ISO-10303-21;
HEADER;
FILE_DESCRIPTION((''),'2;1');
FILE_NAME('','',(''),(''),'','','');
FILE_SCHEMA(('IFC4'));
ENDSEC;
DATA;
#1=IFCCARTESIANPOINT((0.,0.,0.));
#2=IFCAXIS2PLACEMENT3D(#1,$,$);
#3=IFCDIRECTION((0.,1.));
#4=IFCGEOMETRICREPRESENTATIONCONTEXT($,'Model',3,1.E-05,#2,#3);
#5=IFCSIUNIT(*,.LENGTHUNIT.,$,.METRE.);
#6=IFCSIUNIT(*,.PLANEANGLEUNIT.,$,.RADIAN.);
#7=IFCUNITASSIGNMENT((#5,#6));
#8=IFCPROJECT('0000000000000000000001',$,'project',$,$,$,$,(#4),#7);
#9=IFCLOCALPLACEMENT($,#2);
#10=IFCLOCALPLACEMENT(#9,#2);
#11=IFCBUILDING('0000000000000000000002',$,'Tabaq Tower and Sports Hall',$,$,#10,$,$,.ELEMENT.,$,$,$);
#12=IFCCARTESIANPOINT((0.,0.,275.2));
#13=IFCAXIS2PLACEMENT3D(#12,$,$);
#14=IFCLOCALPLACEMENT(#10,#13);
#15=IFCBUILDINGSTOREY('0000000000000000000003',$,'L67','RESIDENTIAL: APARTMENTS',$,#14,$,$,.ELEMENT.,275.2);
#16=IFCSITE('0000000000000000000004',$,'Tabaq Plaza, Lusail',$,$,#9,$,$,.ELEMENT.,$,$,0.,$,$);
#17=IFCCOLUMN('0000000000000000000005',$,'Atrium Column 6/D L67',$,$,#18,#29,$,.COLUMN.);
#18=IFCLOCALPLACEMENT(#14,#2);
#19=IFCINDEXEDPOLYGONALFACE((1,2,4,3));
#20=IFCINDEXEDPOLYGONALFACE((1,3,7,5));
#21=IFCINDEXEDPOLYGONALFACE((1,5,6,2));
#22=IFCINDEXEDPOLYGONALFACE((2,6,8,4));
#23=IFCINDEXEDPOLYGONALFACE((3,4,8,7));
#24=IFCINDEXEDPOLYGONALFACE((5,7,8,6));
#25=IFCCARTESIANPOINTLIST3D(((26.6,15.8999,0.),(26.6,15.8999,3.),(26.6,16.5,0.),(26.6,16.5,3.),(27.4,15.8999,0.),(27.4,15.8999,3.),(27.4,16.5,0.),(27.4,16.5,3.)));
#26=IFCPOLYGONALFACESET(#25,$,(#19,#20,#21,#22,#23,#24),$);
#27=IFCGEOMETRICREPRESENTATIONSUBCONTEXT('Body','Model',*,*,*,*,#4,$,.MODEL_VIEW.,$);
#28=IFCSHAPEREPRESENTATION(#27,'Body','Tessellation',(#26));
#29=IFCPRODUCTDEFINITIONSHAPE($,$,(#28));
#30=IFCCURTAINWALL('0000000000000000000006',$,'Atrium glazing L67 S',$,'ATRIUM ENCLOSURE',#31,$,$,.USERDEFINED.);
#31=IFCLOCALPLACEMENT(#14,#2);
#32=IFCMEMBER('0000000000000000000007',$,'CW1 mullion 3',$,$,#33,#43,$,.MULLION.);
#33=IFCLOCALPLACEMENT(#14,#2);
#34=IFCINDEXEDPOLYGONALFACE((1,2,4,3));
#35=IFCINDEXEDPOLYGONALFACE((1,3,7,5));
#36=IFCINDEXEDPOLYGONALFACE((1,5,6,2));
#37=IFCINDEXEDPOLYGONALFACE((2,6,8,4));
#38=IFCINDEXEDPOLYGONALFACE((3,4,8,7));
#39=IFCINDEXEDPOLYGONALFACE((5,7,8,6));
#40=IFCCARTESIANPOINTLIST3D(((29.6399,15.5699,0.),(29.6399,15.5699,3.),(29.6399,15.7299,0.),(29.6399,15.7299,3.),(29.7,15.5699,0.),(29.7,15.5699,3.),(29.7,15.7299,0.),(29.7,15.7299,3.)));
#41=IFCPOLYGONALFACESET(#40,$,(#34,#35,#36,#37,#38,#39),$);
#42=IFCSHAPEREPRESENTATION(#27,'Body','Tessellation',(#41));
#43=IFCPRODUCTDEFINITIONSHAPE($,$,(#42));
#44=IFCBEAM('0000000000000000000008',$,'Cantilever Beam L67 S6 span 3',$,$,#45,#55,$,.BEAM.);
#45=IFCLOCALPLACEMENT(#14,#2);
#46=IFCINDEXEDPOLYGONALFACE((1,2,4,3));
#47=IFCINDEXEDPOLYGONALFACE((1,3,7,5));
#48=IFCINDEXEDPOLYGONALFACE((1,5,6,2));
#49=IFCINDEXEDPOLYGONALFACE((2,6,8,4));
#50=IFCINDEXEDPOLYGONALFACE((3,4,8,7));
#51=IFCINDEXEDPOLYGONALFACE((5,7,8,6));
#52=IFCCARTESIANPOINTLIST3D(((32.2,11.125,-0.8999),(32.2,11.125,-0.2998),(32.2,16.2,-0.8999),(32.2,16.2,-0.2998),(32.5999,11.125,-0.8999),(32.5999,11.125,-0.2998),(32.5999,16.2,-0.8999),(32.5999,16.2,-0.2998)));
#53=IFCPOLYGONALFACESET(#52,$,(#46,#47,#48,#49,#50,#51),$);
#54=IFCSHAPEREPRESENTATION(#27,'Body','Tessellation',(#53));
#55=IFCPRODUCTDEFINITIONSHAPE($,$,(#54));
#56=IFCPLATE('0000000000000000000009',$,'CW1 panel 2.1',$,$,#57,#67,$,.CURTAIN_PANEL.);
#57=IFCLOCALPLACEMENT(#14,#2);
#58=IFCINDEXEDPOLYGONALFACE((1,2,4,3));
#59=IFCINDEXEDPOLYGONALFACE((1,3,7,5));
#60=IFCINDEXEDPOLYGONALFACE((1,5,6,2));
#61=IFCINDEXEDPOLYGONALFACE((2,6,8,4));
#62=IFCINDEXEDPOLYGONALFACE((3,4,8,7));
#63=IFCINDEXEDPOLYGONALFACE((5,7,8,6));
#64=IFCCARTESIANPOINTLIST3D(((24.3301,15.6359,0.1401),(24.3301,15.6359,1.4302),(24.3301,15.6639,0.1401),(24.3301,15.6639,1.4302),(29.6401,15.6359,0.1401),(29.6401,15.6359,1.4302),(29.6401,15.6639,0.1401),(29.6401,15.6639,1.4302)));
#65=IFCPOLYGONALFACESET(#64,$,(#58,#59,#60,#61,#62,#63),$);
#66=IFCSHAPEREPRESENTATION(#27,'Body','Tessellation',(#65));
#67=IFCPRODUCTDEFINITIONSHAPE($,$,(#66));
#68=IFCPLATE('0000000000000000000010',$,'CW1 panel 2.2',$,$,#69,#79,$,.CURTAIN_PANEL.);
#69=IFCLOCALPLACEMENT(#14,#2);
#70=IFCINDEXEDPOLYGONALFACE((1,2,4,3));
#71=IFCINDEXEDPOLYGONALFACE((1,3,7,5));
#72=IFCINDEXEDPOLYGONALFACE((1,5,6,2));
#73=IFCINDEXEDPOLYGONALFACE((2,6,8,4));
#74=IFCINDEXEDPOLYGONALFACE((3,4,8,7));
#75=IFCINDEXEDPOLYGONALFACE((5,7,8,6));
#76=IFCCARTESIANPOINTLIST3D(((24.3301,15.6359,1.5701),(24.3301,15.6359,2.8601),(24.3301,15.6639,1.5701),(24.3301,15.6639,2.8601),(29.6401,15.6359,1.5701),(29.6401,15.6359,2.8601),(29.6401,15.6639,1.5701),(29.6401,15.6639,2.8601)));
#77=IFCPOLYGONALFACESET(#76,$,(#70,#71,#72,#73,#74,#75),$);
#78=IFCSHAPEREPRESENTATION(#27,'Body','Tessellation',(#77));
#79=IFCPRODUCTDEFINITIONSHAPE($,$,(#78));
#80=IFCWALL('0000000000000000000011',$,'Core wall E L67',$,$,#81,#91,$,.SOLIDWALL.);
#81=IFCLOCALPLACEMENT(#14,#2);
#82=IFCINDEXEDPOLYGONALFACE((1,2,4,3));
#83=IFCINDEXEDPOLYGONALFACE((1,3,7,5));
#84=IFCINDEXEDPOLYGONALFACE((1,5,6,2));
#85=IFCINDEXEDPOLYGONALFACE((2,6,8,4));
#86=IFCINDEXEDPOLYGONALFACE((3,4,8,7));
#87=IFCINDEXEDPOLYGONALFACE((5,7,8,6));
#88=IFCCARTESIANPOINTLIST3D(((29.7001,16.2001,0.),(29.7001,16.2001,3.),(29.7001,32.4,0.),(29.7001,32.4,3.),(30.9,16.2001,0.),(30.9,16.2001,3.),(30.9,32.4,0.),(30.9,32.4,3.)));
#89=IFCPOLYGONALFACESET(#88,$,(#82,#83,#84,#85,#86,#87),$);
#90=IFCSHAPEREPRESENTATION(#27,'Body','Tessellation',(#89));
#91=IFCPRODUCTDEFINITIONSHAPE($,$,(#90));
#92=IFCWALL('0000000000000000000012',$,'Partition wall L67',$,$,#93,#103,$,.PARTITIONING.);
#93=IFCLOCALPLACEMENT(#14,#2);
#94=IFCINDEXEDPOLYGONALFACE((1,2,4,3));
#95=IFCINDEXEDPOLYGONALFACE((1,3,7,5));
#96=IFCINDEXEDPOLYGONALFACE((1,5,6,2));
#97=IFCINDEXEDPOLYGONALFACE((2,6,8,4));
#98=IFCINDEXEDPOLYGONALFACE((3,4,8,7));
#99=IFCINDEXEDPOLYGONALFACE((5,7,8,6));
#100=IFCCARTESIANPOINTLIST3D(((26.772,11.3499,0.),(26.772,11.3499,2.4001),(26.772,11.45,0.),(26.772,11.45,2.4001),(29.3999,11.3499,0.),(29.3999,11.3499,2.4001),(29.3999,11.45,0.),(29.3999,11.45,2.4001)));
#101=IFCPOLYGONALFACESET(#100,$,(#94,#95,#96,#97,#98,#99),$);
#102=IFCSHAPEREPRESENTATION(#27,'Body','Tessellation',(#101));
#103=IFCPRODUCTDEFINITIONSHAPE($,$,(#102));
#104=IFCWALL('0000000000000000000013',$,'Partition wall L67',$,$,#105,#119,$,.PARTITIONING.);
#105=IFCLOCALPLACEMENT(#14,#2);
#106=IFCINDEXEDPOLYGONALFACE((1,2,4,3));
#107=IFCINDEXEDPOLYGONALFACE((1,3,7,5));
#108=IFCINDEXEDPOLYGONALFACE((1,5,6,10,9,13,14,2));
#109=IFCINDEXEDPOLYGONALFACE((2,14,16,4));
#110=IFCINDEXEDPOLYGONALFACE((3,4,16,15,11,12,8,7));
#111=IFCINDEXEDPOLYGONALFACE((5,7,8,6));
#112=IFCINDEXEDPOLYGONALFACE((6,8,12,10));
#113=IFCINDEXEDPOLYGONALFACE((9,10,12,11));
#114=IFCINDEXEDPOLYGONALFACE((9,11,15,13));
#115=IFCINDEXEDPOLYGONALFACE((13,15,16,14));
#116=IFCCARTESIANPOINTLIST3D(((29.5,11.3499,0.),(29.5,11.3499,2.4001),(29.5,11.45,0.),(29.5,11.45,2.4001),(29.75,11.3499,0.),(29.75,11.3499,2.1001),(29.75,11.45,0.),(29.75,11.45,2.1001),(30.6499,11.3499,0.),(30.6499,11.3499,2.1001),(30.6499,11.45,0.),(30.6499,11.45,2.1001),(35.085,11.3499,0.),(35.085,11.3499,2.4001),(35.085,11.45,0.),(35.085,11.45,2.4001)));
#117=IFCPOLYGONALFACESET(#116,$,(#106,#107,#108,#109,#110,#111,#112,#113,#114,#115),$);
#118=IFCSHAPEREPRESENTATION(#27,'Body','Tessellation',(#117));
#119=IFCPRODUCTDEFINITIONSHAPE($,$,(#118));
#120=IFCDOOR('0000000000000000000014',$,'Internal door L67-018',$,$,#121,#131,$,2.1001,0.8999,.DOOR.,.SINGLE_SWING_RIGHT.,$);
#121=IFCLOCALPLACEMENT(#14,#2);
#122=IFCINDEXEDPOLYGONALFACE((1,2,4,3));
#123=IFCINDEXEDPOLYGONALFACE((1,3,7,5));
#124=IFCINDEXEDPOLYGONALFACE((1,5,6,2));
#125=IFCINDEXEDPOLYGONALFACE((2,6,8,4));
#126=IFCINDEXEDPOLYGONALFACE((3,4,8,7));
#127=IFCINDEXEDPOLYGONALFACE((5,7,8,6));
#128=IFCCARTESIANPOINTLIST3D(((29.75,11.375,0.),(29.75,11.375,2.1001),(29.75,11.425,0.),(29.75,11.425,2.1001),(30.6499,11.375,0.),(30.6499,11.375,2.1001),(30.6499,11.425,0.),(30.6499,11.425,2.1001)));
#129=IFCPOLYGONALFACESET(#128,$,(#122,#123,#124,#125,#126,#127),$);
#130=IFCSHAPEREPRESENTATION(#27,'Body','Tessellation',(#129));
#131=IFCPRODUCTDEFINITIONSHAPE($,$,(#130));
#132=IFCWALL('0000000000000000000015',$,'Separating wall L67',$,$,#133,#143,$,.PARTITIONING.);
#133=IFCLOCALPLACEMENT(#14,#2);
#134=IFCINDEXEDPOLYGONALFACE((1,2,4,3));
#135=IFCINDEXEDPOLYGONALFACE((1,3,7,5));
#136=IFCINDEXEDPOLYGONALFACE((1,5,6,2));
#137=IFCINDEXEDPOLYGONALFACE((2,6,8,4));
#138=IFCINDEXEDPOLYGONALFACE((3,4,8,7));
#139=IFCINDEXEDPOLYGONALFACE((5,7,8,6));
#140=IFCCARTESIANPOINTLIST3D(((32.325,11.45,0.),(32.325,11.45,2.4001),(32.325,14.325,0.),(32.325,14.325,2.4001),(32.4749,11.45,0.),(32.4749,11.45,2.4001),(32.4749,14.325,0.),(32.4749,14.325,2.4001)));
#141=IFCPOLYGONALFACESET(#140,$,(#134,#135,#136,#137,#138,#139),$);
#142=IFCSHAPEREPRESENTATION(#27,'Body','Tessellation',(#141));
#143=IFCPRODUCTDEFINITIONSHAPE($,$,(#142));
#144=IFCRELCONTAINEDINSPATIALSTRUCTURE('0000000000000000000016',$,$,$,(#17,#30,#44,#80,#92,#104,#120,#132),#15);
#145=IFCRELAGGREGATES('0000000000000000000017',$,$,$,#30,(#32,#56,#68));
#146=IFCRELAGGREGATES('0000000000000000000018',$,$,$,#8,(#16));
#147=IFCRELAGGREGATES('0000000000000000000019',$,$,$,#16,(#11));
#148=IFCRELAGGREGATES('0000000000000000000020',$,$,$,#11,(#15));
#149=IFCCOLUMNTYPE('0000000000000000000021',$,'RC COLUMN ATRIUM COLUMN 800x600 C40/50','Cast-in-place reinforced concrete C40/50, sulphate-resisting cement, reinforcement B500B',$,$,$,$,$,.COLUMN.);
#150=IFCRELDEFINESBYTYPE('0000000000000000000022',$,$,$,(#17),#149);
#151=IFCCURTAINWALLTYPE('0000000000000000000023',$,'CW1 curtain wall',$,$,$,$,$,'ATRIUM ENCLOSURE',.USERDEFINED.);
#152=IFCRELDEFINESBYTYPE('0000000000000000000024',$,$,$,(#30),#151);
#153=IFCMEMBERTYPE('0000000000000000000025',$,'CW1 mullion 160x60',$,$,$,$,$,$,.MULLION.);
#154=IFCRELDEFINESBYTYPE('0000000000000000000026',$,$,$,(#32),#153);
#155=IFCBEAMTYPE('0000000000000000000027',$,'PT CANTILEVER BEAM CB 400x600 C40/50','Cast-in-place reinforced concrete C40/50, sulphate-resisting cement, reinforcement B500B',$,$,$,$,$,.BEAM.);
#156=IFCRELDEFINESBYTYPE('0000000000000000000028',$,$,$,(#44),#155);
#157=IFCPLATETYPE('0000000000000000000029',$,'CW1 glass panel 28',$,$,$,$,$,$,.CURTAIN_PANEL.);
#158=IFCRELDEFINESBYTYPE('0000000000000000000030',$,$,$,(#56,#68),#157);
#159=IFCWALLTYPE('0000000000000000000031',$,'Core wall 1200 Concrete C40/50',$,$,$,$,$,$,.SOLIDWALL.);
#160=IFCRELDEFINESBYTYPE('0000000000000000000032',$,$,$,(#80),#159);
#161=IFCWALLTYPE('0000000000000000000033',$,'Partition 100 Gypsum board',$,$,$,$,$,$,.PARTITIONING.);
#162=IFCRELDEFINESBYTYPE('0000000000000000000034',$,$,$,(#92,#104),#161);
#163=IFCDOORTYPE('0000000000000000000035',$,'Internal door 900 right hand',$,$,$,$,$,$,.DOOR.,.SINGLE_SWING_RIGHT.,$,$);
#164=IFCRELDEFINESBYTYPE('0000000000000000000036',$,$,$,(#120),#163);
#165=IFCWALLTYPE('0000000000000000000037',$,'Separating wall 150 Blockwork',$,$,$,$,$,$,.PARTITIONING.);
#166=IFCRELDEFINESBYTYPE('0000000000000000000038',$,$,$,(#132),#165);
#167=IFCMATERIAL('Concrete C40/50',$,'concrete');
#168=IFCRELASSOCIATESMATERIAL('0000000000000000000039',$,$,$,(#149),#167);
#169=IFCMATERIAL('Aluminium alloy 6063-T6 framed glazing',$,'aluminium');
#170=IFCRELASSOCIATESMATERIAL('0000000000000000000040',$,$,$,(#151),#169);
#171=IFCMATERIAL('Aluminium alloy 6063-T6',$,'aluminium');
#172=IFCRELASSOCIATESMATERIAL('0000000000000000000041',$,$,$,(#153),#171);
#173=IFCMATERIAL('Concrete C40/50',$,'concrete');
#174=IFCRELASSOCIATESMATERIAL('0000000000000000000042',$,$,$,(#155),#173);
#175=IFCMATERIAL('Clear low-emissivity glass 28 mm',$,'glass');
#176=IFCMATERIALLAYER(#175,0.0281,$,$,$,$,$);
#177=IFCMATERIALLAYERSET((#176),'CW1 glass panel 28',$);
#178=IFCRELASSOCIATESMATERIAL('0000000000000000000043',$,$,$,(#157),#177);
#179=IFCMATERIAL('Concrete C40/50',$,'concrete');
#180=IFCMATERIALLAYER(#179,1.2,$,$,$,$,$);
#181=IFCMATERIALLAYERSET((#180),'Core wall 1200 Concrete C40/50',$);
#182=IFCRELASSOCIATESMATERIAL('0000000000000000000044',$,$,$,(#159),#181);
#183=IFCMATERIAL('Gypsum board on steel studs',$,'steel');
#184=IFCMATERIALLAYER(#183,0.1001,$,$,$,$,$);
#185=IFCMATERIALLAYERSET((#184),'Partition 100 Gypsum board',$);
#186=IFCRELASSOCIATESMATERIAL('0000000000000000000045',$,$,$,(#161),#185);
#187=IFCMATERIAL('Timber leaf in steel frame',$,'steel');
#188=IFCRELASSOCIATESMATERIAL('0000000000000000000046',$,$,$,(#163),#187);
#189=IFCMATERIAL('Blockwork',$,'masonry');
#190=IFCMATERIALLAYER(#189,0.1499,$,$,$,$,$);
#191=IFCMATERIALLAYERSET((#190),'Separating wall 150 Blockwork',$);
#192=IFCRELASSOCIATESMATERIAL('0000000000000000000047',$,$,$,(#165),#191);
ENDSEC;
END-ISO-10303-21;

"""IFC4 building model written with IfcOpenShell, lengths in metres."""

from ifc_helpers import new_model, si_unit, direction, frame, frame_2d, origin, origin_2d, place, context, subcontext, project, spatial, rectangle, extrude, material, layer, layer_set, material_profile, profile_set, type_object, element, fill, aggregate, save


model = new_model("IFC4")

# Units and contexts
model_context = context("Model", 3, precision=1e-05, world=origin(), true_north=direction((0.0, 1.0)))
body_context = subcontext(model_context, "Body", "Model", "MODEL_VIEW")
ifc_project = project(units=[si_unit("LENGTHUNIT", "METRE"), si_unit("PLANEANGLEUNIT", "RADIAN")], contexts=[model_context])

# Site, building, storey
site_placement = place(None, origin())
site = spatial("IfcSite", under=ifc_project, at=site_placement, Name="Tabaq Plaza, Lusail", CompositionType="ELEMENT", RefElevation=0.0)
building_placement = place(site_placement, origin())
building = spatial("IfcBuilding", under=site, at=building_placement, Name="Tabaq Tower and Sports Hall", CompositionType="ELEMENT")
storey_placement = place(building_placement, frame((0.0, 0.0, 275.2)))
storey = spatial("IfcBuildingStorey", under=building, at=storey_placement, Name="L67", Description="RESIDENTIAL: APARTMENTS", CompositionType="ELEMENT", Elevation=275.2)

# Column
ifc_material_1 = material(Name="Concrete C40/50", Category="concrete")
ifc_material_profile_1 = material_profile(ifc_material_1, rectangle(XDim=0.8, YDim=0.6001, at=origin_2d()), Name="ATRIUM COLUMN 800x600")
ifc_profile_set_1 = profile_set([ifc_material_profile_1], Name="Concrete C40/50")
column_type = type_object("IfcColumnType", Name="RC COLUMN ATRIUM COLUMN 800x600 C40/50", Description="Cast-in-place reinforced concrete C40/50, sulphate-resisting cement, reinforcement B500B", PredefinedType="COLUMN", material=ifc_profile_set_1)
column_placement = place(storey_placement, frame((27.0, 16.2, 0.0), z_axis=(0.0, 0.0, 1.0), x_axis=(1.0, 0.0, 0.0)))
element("IfcColumn", 1, at=column_placement, inside=storey, type_object=column_type, Name="Atrium Column 6/D L67", PredefinedType="COLUMN", context=body_context, shape_type="SweptSolid", body=[
    extrude(rectangle(XDim=0.8, YDim=0.6001, at=origin_2d()), origin(), (0.0, 0.0, 1.0), 3.0),
])

# Curtain wall, member
ifc_material_2 = material(Name="Aluminium alloy 6063-T6 framed glazing", Category="aluminium")
curtain_wall_type = type_object("IfcCurtainWallType", Name="CW1 curtain wall", ElementType="ATRIUM ENCLOSURE", PredefinedType="USERDEFINED", material=ifc_material_2)
curtain_wall_placement = place(storey_placement, origin())
curtain_wall = element("IfcCurtainWall", 2, at=curtain_wall_placement, inside=storey, type_object=curtain_wall_type, Name="Atrium glazing L67 S", ObjectType="ATRIUM ENCLOSURE", PredefinedType="USERDEFINED")
ifc_material_3 = material(Name="Aluminium alloy 6063-T6", Category="aluminium")
ifc_material_profile_2 = material_profile(ifc_material_3, rectangle(XDim=0.1599, YDim=0.0601, at=origin_2d()), Name="MULLION 160x60")
ifc_profile_set_2 = profile_set([ifc_material_profile_2], Name="Aluminium alloy 6063-T6")
member_type = type_object("IfcMemberType", Name="CW1 mullion 160x60", PredefinedType="MULLION", material=ifc_profile_set_2)
member_placement = place(storey_placement, frame((29.6699, 15.6499, 0.0), z_axis=(0.0, 0.0, 1.0), x_axis=(0.0, 1.0, 0.0)))
member = element("IfcMember", 3, at=member_placement, type_object=member_type, Name="CW1 mullion 3", PredefinedType="MULLION", context=body_context, shape_type="SweptSolid", body=[
    extrude(rectangle(XDim=0.1599, YDim=0.0601, at=origin_2d()), origin(), (0.0, 0.0, 1.0), 3.0),
])

# Beam
ifc_material_4 = material(Name="Concrete C40/50", Category="concrete")
ifc_material_profile_3 = material_profile(ifc_material_4, rectangle(XDim=0.3999, YDim=0.6001, at=origin_2d()), Name="CB 400x600")
ifc_profile_set_3 = profile_set([ifc_material_profile_3], Name="Concrete C40/50")
beam_type = type_object("IfcBeamType", Name="PT CANTILEVER BEAM CB 400x600 C40/50", Description="Cast-in-place reinforced concrete C40/50, sulphate-resisting cement, reinforcement B500B", PredefinedType="BEAM", material=ifc_profile_set_3)
beam_placement = place(storey_placement, frame((32.3999, 11.125, -0.5999), z_axis=(0.0, 1.0, 0.0), x_axis=(-1.0, 0.0, 0.0)))
element("IfcBeam", 4, at=beam_placement, inside=storey, type_object=beam_type, Name="Cantilever Beam L67 S6 span 3", PredefinedType="BEAM", context=body_context, shape_type="SweptSolid", body=[
    extrude(rectangle(XDim=0.3999, YDim=0.6001, at=origin_2d()), origin(), (0.0, 0.0, 1.0), 5.075),
])

# Plates
ifc_material_5 = material(Name="Clear low-emissivity glass 28 mm", Category="glass")
ifc_layer_1 = layer(ifc_material_5, 0.0281)
ifc_layer_set_1 = layer_set([ifc_layer_1], Name="CW1 glass panel 28")
plate_type = type_object("IfcPlateType", Name="CW1 glass panel 28", PredefinedType="CURTAIN_PANEL", material=ifc_layer_set_1)
plate_1_placement = place(storey_placement, frame((26.9851, 15.6499, 0.1401), z_axis=(0.0, 0.0, 1.0), x_axis=(1.0, 0.0, 0.0)))
plate_1 = element("IfcPlate", 5, at=plate_1_placement, type_object=plate_type, Name="CW1 panel 2.1", PredefinedType="CURTAIN_PANEL", context=body_context, shape_type="SweptSolid", body=[
    extrude(rectangle(XDim=5.3101, YDim=0.0281, at=origin_2d()), origin(), (0.0, 0.0, 1.0), 1.29),
])
plate_2_placement = place(storey_placement, frame((26.9851, 15.6499, 1.5701), z_axis=(0.0, 0.0, 1.0), x_axis=(1.0, 0.0, 0.0)))
plate_2 = element("IfcPlate", 6, at=plate_2_placement, type_object=plate_type, Name="CW1 panel 2.2", PredefinedType="CURTAIN_PANEL", context=body_context, shape_type="SweptSolid", body=[
    extrude(rectangle(XDim=5.3101, YDim=0.0281, at=origin_2d()), origin(), (0.0, 0.0, 1.0), 1.29),
])
aggregate(curtain_wall, [member, plate_1, plate_2])

# Walls
ifc_material_6 = material(Name="Concrete C40/50", Category="concrete")
ifc_layer_2 = layer(ifc_material_6, 1.2)
ifc_layer_set_2 = layer_set([ifc_layer_2], Name="Core wall 1200 Concrete C40/50")
wall_type_1 = type_object("IfcWallType", Name="Core wall 1200 Concrete C40/50", PredefinedType="SOLIDWALL", material=ifc_layer_set_2)
wall_1_placement = place(storey_placement, frame((30.3, 16.2, 0.0), z_axis=(0.0, 0.0, 1.0), x_axis=(0.0, 1.0, 0.0)))
element("IfcWall", 7, at=wall_1_placement, inside=storey, type_object=wall_type_1, Name="Core wall E L67", PredefinedType="SOLIDWALL", context=body_context, shape_type="SweptSolid", body=[
    extrude(rectangle(XDim=16.2, YDim=1.2, at=frame_2d((8.1001, 0.0))), origin(), (0.0, 0.0, 1.0), 3.0),
])
ifc_material_7 = material(Name="Gypsum board on steel studs", Category="steel")
ifc_layer_3 = layer(ifc_material_7, 0.1001)
ifc_layer_set_3 = layer_set([ifc_layer_3], Name="Partition 100 Gypsum board")
wall_type_2 = type_object("IfcWallType", Name="Partition 100 Gypsum board", PredefinedType="PARTITIONING", material=ifc_layer_set_3)
wall_2_placement = place(storey_placement, frame((29.3999, 11.3999, 0.0), z_axis=(0.0, 0.0, 1.0), x_axis=(-1.0, 0.0, 0.0)))
element("IfcWall", 8, at=wall_2_placement, inside=storey, type_object=wall_type_2, Name="Partition wall L67", PredefinedType="PARTITIONING", context=body_context, shape_type="SweptSolid", body=[
    extrude(rectangle(XDim=2.6279, YDim=0.1001, at=frame_2d((1.314, 0.0))), origin(), (0.0, 0.0, 1.0), 2.4001),
])

# Wall, opening, door
wall_3_placement = place(storey_placement, frame((35.085, 11.3999, 0.0), z_axis=(0.0, 0.0, 1.0), x_axis=(-1.0, 0.0, 0.0)))
wall_3 = element("IfcWall", 9, at=wall_3_placement, inside=storey, type_object=wall_type_2, Name="Partition wall L67", PredefinedType="PARTITIONING", context=body_context, shape_type="SweptSolid", body=[
    extrude(rectangle(XDim=5.585, YDim=0.1001, at=frame_2d((2.7925, 0.0))), origin(), (0.0, 0.0, 1.0), 2.4001),
])
opening_1_placement = place(wall_3_placement, frame((4.4351, 0.0, 0.0)))
opening_1 = element("IfcOpeningElement", 10, at=opening_1_placement, cuts=wall_3, PredefinedType="OPENING", context=body_context, shape_type="SweptSolid", body=[
    extrude(rectangle(XDim=0.8999, YDim=2.1001, at=frame_2d((0.45, 1.05))), frame((0.0, 0.05, 0.0), z_axis=(0.0, -1.0, 0.0), x_axis=(1.0, 0.0, 0.0)), (0.0, 0.0, 1.0), 0.1001),
])
ifc_material_8 = material(Name="Timber leaf in steel frame", Category="steel")
door_type_1 = type_object("IfcDoorType", Name="Internal door 900 right hand", OperationType="SINGLE_SWING_RIGHT", PredefinedType="DOOR", material=ifc_material_8)
door_1_placement = place(opening_1_placement, origin())
door_1 = element("IfcDoor", 11, at=door_1_placement, inside=storey, type_object=door_type_1, Name="Internal door L67-018", OperationType="SINGLE_SWING_RIGHT", OverallHeight=2.1001, OverallWidth=0.8999, PredefinedType="DOOR", context=body_context, shape_type="SweptSolid", body=[
    extrude(rectangle(XDim=0.8999, YDim=2.1001, at=frame_2d((0.45, 1.05))), frame((0.0, 0.0249, 0.0), z_axis=(0.0, -1.0, 0.0), x_axis=(1.0, 0.0, 0.0)), (0.0, 0.0, 1.0), 0.05),
])
fill(opening_1, door_1)

# Wall
ifc_material_9 = material(Name="Blockwork", Category="masonry")
ifc_layer_4 = layer(ifc_material_9, 0.1499)
ifc_layer_set_4 = layer_set([ifc_layer_4], Name="Separating wall 150 Blockwork")
wall_type_3 = type_object("IfcWallType", Name="Separating wall 150 Blockwork", PredefinedType="PARTITIONING", material=ifc_layer_set_4)
wall_4_placement = place(storey_placement, frame((32.3999, 11.45, 0.0), z_axis=(0.0, 0.0, 1.0), x_axis=(0.0, 1.0, 0.0)))
element("IfcWall", 12, at=wall_4_placement, inside=storey, type_object=wall_type_3, Name="Separating wall L67", PredefinedType="PARTITIONING", context=body_context, shape_type="SweptSolid", body=[
    extrude(rectangle(XDim=2.875, YDim=0.1499, at=frame_2d((1.4375, 0.0))), origin(), (0.0, 0.0, 1.0), 2.4001),
])

save(model, "model.ifc")
